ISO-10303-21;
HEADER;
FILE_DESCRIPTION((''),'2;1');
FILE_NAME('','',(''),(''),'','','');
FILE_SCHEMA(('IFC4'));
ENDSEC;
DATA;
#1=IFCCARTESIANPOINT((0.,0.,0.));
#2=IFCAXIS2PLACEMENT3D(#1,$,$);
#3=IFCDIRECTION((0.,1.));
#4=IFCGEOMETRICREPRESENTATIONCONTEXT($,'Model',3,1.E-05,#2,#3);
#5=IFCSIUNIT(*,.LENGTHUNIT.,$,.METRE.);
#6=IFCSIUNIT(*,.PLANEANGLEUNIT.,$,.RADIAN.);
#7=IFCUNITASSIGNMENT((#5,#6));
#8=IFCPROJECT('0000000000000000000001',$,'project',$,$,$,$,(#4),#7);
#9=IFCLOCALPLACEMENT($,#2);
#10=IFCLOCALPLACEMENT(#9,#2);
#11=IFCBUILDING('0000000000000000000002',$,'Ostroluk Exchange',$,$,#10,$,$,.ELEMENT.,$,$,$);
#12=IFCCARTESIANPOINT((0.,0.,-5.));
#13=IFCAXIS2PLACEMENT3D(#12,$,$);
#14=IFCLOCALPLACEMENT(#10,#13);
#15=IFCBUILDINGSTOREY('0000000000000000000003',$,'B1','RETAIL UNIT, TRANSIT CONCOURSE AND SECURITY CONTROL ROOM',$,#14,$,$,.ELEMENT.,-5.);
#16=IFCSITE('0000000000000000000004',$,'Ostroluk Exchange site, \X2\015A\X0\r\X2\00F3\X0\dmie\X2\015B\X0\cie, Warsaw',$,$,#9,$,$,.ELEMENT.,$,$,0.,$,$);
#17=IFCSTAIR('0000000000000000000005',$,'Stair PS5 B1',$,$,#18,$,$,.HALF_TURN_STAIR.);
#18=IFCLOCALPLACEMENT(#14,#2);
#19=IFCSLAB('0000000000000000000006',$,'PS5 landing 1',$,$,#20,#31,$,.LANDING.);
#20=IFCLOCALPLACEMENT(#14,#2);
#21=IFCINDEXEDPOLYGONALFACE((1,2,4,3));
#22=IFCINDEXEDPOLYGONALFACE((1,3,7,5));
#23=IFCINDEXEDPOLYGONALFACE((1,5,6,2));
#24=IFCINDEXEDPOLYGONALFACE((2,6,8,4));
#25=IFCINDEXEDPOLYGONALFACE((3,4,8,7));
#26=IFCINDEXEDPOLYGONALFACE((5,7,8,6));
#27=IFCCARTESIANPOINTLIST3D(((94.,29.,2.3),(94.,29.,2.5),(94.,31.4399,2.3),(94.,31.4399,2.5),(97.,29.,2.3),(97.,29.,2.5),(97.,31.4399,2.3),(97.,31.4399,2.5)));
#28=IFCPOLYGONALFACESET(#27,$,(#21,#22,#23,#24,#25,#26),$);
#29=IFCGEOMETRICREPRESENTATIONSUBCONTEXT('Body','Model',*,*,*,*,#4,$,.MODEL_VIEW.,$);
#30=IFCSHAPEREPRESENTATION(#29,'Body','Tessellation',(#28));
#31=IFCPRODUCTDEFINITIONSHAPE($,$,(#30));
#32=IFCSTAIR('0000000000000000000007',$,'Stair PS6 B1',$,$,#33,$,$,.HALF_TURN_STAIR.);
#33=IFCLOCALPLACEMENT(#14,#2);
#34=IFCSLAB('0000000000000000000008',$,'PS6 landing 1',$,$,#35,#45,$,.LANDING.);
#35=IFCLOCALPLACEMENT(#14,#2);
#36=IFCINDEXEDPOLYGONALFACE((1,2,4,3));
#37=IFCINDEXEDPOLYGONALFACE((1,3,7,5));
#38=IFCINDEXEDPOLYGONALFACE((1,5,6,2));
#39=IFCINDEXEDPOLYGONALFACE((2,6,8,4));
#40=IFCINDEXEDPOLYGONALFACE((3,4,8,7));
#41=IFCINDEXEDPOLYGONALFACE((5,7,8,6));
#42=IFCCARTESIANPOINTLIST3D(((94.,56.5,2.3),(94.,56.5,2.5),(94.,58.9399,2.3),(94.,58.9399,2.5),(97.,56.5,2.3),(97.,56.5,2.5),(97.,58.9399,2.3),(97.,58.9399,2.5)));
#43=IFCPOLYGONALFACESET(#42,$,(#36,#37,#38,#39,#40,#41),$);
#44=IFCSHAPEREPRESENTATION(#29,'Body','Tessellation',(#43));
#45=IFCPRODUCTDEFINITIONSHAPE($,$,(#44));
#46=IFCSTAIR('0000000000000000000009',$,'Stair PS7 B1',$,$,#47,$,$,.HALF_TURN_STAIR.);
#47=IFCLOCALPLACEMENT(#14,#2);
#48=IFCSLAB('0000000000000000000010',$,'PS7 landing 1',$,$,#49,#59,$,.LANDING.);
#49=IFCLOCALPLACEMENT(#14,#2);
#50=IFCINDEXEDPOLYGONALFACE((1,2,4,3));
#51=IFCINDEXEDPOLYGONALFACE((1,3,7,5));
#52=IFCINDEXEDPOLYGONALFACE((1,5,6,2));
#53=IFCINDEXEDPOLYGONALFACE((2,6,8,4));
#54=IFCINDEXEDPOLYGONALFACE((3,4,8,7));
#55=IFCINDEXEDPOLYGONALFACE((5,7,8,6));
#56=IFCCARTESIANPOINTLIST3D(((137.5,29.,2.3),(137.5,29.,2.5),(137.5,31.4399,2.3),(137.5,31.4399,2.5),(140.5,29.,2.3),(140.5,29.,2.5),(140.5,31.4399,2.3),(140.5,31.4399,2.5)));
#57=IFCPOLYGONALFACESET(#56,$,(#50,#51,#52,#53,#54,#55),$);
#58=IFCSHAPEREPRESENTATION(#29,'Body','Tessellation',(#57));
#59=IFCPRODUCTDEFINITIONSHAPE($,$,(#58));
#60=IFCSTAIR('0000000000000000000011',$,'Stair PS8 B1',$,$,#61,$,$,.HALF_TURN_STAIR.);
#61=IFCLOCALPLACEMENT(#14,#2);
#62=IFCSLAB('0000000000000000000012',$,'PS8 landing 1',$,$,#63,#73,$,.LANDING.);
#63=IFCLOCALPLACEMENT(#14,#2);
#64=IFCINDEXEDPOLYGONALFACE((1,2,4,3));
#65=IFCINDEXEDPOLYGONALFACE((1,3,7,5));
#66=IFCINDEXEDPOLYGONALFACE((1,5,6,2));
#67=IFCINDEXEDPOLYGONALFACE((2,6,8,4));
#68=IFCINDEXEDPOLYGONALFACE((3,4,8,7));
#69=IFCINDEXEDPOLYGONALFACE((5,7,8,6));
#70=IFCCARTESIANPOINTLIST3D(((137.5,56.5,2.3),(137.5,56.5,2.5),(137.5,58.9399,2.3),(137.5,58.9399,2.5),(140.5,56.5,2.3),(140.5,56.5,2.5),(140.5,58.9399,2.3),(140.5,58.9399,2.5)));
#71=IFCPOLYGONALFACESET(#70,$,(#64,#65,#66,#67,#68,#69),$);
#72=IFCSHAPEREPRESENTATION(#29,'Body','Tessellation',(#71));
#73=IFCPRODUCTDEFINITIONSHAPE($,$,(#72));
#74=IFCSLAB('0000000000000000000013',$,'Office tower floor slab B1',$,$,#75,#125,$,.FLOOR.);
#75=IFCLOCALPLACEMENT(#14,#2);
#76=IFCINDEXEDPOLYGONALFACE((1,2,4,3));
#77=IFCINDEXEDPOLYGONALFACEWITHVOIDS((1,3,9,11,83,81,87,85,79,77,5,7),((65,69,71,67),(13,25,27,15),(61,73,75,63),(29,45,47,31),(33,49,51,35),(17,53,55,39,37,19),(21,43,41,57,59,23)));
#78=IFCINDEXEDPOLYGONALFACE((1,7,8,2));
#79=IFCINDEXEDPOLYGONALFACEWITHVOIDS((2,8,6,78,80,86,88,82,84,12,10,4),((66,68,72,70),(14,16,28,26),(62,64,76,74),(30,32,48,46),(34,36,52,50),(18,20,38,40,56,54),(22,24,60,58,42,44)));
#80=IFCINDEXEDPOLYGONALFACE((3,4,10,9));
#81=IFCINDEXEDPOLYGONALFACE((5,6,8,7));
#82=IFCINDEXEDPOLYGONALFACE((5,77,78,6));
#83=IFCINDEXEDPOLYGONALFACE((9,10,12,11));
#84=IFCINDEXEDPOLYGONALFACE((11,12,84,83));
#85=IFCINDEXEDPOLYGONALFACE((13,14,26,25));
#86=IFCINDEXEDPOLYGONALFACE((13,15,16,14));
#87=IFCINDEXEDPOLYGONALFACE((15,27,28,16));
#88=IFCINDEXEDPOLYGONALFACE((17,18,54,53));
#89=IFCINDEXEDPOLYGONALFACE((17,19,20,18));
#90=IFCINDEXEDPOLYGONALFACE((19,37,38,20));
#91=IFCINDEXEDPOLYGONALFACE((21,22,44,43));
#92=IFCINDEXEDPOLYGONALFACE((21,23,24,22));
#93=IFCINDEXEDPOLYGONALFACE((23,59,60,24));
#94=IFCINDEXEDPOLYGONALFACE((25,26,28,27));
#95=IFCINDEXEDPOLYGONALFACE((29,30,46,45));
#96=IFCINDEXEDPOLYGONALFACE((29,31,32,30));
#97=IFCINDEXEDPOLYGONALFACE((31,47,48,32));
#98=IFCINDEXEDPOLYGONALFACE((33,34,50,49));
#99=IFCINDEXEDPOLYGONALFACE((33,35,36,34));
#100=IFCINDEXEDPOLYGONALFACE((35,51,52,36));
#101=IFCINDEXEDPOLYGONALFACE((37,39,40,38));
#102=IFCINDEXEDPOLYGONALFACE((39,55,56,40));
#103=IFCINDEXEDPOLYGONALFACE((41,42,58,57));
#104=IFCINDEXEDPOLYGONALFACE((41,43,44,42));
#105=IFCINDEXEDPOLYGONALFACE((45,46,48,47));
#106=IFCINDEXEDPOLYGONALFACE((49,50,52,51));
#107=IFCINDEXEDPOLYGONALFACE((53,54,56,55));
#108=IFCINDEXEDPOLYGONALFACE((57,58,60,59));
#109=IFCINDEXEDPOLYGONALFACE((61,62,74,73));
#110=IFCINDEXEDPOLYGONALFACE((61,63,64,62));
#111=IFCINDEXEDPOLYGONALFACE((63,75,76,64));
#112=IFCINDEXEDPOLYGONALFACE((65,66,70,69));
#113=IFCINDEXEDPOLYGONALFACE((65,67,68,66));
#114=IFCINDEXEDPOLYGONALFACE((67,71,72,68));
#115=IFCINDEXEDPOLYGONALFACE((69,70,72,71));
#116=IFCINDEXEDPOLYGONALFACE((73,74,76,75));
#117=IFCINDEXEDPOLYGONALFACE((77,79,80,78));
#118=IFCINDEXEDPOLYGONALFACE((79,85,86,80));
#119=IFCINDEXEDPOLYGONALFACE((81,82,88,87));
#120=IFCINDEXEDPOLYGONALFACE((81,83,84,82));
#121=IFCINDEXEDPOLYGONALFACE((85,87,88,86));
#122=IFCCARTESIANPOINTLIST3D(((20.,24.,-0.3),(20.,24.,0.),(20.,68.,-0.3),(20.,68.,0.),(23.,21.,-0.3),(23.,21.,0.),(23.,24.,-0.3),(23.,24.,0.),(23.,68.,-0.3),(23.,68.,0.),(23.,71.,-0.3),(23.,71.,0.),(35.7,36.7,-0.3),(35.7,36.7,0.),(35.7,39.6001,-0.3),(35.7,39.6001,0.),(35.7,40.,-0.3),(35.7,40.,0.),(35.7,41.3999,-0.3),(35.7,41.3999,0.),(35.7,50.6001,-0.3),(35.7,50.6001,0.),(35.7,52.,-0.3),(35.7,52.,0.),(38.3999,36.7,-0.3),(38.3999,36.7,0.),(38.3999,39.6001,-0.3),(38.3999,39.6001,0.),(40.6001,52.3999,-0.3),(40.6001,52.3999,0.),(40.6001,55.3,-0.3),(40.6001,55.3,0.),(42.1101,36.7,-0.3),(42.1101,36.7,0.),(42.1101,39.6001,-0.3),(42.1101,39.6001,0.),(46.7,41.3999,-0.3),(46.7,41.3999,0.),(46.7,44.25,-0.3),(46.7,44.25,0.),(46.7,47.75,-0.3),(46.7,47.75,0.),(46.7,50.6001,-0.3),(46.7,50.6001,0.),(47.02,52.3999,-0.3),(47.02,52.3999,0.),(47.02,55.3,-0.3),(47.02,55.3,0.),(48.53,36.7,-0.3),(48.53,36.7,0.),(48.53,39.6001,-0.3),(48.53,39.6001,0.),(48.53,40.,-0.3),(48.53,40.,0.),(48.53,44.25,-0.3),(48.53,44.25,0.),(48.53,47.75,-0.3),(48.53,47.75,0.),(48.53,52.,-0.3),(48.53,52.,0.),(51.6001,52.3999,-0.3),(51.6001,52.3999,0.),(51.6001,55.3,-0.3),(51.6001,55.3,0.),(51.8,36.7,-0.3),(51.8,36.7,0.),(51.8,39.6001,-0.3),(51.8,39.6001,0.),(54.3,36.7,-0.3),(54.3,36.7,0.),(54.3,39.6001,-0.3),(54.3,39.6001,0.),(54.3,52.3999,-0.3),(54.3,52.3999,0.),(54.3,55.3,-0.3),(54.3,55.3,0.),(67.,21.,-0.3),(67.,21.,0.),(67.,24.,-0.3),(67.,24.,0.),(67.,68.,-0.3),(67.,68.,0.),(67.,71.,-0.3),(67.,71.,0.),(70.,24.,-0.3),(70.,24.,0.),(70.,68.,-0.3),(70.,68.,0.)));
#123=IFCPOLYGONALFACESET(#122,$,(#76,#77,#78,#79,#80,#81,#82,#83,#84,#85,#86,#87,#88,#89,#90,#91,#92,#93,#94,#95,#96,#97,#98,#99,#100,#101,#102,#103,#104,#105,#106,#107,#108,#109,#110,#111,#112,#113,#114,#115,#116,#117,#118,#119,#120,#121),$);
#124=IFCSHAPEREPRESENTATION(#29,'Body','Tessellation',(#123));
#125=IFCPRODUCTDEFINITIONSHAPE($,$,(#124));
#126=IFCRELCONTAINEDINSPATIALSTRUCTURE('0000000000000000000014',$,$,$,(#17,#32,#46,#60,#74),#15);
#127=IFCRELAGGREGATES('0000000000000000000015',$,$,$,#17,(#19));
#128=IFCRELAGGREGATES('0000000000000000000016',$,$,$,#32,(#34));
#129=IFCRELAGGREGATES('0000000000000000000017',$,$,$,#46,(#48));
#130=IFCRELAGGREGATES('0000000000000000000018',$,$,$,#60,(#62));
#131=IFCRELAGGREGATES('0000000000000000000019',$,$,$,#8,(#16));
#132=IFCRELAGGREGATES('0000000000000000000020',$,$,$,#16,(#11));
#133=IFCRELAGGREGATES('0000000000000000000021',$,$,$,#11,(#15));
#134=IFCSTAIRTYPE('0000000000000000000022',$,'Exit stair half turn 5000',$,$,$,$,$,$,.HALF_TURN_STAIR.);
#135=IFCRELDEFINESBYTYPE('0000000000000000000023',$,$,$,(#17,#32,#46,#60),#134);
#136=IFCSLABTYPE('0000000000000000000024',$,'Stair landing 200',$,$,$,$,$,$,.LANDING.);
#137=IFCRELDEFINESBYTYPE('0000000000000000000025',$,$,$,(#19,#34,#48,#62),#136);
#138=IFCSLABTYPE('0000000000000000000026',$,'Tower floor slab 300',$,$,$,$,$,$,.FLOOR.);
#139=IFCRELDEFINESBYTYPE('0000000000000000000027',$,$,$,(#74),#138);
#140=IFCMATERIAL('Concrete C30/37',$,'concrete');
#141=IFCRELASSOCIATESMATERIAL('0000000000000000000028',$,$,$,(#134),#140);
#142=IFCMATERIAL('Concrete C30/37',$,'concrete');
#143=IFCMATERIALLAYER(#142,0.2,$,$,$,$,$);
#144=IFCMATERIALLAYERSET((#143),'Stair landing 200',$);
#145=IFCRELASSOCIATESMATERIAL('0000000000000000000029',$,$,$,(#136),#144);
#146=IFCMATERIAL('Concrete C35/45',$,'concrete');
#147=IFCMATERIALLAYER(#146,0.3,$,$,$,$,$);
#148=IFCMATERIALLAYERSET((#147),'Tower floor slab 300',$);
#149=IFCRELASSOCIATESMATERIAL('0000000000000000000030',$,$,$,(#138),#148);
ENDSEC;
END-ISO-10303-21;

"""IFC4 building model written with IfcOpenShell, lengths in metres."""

from ifc_helpers import new_model, si_unit, direction, frame, origin, place, context, subcontext, project, spatial, polyline, outline, extrude, material, layer, layer_set, type_object, element, aggregate, save


model = new_model("IFC4")

# Units and contexts
model_context = context("Model", 3, precision=1e-05, world=origin(), true_north=direction((0.0, 1.0)))
body_context = subcontext(model_context, "Body", "Model", "MODEL_VIEW")
ifc_project = project(units=[si_unit("LENGTHUNIT", "METRE"), si_unit("PLANEANGLEUNIT", "RADIAN")], contexts=[model_context])

# Site, building, storey
site_placement = place(None, origin())
site = spatial("IfcSite", under=ifc_project, at=site_placement, Name="Ostroluk Exchange site, Śródmieście, Warsaw", CompositionType="ELEMENT", RefElevation=0.0)
building_placement = place(site_placement, origin())
building = spatial("IfcBuilding", under=site, at=building_placement, Name="Ostroluk Exchange", CompositionType="ELEMENT")
storey_placement = place(building_placement, frame((0.0, 0.0, -5.0)))
storey = spatial("IfcBuildingStorey", under=building, at=storey_placement, Name="B1", Description="RETAIL UNIT, TRANSIT CONCOURSE AND SECURITY CONTROL ROOM", CompositionType="ELEMENT", Elevation=-5.0)

# Stairs, slabs
ifc_material_1 = material(Name="Concrete C30/37", Category="concrete")
stair_type = type_object("IfcStairType", Name="Exit stair half turn 5000", PredefinedType="HALF_TURN_STAIR", material=ifc_material_1)
ifc_material_2 = material(Name="Concrete C30/37", Category="concrete")
ifc_layer_1 = layer(ifc_material_2, 0.2)
ifc_layer_set_1 = layer_set([ifc_layer_1], Name="Stair landing 200")
slab_type_1 = type_object("IfcSlabType", Name="Stair landing 200", PredefinedType="LANDING", material=ifc_layer_set_1)
stair_1_placement = place(storey_placement, origin())
stair_1 = element("IfcStair", 1, at=stair_1_placement, inside=storey, type_object=stair_type, Name="Stair PS5 B1", PredefinedType="HALF_TURN_STAIR")
slab_1_placement = place(storey_placement, frame((0.0, 0.0, 2.3)))
slab_1 = element("IfcSlab", 2, at=slab_1_placement, type_object=slab_type_1, Name="PS5 landing 1", PredefinedType="LANDING", context=body_context, shape_type="SweptSolid", body=[
    extrude(outline(polyline([(94.0, 31.4399), (97.0, 31.4399), (97.0, 29.0), (94.0, 29.0), (94.0, 31.4399)])), origin(), (0.0, 0.0, 1.0), 0.2),
])
aggregate(stair_1, [slab_1])
stair_2_placement = place(storey_placement, origin())
stair_2 = element("IfcStair", 3, at=stair_2_placement, inside=storey, type_object=stair_type, Name="Stair PS6 B1", PredefinedType="HALF_TURN_STAIR")
slab_2_placement = place(storey_placement, frame((0.0, 0.0, 2.3)))
slab_2 = element("IfcSlab", 4, at=slab_2_placement, type_object=slab_type_1, Name="PS6 landing 1", PredefinedType="LANDING", context=body_context, shape_type="SweptSolid", body=[
    extrude(outline(polyline([(94.0, 58.9399), (97.0, 58.9399), (97.0, 56.5), (94.0, 56.5), (94.0, 58.9399)])), origin(), (0.0, 0.0, 1.0), 0.2),
])
aggregate(stair_2, [slab_2])
stair_3_placement = place(storey_placement, origin())
stair_3 = element("IfcStair", 5, at=stair_3_placement, inside=storey, type_object=stair_type, Name="Stair PS7 B1", PredefinedType="HALF_TURN_STAIR")
slab_3_placement = place(storey_placement, frame((0.0, 0.0, 2.3)))
slab_3 = element("IfcSlab", 6, at=slab_3_placement, type_object=slab_type_1, Name="PS7 landing 1", PredefinedType="LANDING", context=body_context, shape_type="SweptSolid", body=[
    extrude(outline(polyline([(137.5, 31.4399), (140.5, 31.4399), (140.5, 29.0), (137.5, 29.0), (137.5, 31.4399)])), origin(), (0.0, 0.0, 1.0), 0.2),
])
aggregate(stair_3, [slab_3])
stair_4_placement = place(storey_placement, origin())
stair_4 = element("IfcStair", 7, at=stair_4_placement, inside=storey, type_object=stair_type, Name="Stair PS8 B1", PredefinedType="HALF_TURN_STAIR")
slab_4_placement = place(storey_placement, frame((0.0, 0.0, 2.3)))
slab_4 = element("IfcSlab", 8, at=slab_4_placement, type_object=slab_type_1, Name="PS8 landing 1", PredefinedType="LANDING", context=body_context, shape_type="SweptSolid", body=[
    extrude(outline(polyline([(137.5, 58.9399), (140.5, 58.9399), (140.5, 56.5), (137.5, 56.5), (137.5, 58.9399)])), origin(), (0.0, 0.0, 1.0), 0.2),
])
aggregate(stair_4, [slab_4])

# Slab
ifc_material_3 = material(Name="Concrete C35/45", Category="concrete")
ifc_layer_2 = layer(ifc_material_3, 0.3)
ifc_layer_set_2 = layer_set([ifc_layer_2], Name="Tower floor slab 300")
slab_type_2 = type_object("IfcSlabType", Name="Tower floor slab 300", PredefinedType="FLOOR", material=ifc_layer_set_2)
slab_5_placement = place(storey_placement, frame((0.0, 0.0, -0.3)))
element("IfcSlab", 9, at=slab_5_placement, inside=storey, type_object=slab_type_2, Name="Office tower floor slab B1", PredefinedType="FLOOR", context=body_context, shape_type="SweptSolid", body=[
    extrude(outline(polyline([(23.0, 21.0), (67.0, 21.0), (67.0, 24.0), (70.0, 24.0), (70.0, 68.0), (67.0, 68.0), (67.0, 71.0), (23.0, 71.0), (23.0, 68.0), (20.0, 68.0), (20.0, 24.0), (23.0, 24.0), (23.0, 21.0)]), holes=[polyline([(35.7, 36.7), (38.3999, 36.7), (38.3999, 39.6001), (35.7, 39.6001), (35.7, 36.7)]), polyline([(42.1101, 36.7), (48.53, 36.7), (48.53, 39.6001), (42.1101, 39.6001), (42.1101, 36.7)]), polyline([(51.8, 36.7), (54.3, 36.7), (54.3, 39.6001), (51.8, 39.6001), (51.8, 36.7)]), polyline([(40.6001, 52.3999), (47.02, 52.3999), (47.02, 55.3), (40.6001, 55.3), (40.6001, 52.3999)]), polyline([(51.6001, 52.3999), (54.3, 52.3999), (54.3, 55.3), (51.6001, 55.3), (51.6001, 52.3999)]), polyline([(48.53, 52.0), (48.53, 47.75), (46.7, 47.75), (46.7, 50.6001), (35.7, 50.6001), (35.7, 52.0), (48.53, 52.0)]), polyline([(35.7, 40.0), (35.7, 41.3999), (46.7, 41.3999), (46.7, 44.25), (48.53, 44.25), (48.53, 40.0), (35.7, 40.0)])]), origin(), (0.0, 0.0, 1.0), 0.3),
])

save(model, "model.ifc")
